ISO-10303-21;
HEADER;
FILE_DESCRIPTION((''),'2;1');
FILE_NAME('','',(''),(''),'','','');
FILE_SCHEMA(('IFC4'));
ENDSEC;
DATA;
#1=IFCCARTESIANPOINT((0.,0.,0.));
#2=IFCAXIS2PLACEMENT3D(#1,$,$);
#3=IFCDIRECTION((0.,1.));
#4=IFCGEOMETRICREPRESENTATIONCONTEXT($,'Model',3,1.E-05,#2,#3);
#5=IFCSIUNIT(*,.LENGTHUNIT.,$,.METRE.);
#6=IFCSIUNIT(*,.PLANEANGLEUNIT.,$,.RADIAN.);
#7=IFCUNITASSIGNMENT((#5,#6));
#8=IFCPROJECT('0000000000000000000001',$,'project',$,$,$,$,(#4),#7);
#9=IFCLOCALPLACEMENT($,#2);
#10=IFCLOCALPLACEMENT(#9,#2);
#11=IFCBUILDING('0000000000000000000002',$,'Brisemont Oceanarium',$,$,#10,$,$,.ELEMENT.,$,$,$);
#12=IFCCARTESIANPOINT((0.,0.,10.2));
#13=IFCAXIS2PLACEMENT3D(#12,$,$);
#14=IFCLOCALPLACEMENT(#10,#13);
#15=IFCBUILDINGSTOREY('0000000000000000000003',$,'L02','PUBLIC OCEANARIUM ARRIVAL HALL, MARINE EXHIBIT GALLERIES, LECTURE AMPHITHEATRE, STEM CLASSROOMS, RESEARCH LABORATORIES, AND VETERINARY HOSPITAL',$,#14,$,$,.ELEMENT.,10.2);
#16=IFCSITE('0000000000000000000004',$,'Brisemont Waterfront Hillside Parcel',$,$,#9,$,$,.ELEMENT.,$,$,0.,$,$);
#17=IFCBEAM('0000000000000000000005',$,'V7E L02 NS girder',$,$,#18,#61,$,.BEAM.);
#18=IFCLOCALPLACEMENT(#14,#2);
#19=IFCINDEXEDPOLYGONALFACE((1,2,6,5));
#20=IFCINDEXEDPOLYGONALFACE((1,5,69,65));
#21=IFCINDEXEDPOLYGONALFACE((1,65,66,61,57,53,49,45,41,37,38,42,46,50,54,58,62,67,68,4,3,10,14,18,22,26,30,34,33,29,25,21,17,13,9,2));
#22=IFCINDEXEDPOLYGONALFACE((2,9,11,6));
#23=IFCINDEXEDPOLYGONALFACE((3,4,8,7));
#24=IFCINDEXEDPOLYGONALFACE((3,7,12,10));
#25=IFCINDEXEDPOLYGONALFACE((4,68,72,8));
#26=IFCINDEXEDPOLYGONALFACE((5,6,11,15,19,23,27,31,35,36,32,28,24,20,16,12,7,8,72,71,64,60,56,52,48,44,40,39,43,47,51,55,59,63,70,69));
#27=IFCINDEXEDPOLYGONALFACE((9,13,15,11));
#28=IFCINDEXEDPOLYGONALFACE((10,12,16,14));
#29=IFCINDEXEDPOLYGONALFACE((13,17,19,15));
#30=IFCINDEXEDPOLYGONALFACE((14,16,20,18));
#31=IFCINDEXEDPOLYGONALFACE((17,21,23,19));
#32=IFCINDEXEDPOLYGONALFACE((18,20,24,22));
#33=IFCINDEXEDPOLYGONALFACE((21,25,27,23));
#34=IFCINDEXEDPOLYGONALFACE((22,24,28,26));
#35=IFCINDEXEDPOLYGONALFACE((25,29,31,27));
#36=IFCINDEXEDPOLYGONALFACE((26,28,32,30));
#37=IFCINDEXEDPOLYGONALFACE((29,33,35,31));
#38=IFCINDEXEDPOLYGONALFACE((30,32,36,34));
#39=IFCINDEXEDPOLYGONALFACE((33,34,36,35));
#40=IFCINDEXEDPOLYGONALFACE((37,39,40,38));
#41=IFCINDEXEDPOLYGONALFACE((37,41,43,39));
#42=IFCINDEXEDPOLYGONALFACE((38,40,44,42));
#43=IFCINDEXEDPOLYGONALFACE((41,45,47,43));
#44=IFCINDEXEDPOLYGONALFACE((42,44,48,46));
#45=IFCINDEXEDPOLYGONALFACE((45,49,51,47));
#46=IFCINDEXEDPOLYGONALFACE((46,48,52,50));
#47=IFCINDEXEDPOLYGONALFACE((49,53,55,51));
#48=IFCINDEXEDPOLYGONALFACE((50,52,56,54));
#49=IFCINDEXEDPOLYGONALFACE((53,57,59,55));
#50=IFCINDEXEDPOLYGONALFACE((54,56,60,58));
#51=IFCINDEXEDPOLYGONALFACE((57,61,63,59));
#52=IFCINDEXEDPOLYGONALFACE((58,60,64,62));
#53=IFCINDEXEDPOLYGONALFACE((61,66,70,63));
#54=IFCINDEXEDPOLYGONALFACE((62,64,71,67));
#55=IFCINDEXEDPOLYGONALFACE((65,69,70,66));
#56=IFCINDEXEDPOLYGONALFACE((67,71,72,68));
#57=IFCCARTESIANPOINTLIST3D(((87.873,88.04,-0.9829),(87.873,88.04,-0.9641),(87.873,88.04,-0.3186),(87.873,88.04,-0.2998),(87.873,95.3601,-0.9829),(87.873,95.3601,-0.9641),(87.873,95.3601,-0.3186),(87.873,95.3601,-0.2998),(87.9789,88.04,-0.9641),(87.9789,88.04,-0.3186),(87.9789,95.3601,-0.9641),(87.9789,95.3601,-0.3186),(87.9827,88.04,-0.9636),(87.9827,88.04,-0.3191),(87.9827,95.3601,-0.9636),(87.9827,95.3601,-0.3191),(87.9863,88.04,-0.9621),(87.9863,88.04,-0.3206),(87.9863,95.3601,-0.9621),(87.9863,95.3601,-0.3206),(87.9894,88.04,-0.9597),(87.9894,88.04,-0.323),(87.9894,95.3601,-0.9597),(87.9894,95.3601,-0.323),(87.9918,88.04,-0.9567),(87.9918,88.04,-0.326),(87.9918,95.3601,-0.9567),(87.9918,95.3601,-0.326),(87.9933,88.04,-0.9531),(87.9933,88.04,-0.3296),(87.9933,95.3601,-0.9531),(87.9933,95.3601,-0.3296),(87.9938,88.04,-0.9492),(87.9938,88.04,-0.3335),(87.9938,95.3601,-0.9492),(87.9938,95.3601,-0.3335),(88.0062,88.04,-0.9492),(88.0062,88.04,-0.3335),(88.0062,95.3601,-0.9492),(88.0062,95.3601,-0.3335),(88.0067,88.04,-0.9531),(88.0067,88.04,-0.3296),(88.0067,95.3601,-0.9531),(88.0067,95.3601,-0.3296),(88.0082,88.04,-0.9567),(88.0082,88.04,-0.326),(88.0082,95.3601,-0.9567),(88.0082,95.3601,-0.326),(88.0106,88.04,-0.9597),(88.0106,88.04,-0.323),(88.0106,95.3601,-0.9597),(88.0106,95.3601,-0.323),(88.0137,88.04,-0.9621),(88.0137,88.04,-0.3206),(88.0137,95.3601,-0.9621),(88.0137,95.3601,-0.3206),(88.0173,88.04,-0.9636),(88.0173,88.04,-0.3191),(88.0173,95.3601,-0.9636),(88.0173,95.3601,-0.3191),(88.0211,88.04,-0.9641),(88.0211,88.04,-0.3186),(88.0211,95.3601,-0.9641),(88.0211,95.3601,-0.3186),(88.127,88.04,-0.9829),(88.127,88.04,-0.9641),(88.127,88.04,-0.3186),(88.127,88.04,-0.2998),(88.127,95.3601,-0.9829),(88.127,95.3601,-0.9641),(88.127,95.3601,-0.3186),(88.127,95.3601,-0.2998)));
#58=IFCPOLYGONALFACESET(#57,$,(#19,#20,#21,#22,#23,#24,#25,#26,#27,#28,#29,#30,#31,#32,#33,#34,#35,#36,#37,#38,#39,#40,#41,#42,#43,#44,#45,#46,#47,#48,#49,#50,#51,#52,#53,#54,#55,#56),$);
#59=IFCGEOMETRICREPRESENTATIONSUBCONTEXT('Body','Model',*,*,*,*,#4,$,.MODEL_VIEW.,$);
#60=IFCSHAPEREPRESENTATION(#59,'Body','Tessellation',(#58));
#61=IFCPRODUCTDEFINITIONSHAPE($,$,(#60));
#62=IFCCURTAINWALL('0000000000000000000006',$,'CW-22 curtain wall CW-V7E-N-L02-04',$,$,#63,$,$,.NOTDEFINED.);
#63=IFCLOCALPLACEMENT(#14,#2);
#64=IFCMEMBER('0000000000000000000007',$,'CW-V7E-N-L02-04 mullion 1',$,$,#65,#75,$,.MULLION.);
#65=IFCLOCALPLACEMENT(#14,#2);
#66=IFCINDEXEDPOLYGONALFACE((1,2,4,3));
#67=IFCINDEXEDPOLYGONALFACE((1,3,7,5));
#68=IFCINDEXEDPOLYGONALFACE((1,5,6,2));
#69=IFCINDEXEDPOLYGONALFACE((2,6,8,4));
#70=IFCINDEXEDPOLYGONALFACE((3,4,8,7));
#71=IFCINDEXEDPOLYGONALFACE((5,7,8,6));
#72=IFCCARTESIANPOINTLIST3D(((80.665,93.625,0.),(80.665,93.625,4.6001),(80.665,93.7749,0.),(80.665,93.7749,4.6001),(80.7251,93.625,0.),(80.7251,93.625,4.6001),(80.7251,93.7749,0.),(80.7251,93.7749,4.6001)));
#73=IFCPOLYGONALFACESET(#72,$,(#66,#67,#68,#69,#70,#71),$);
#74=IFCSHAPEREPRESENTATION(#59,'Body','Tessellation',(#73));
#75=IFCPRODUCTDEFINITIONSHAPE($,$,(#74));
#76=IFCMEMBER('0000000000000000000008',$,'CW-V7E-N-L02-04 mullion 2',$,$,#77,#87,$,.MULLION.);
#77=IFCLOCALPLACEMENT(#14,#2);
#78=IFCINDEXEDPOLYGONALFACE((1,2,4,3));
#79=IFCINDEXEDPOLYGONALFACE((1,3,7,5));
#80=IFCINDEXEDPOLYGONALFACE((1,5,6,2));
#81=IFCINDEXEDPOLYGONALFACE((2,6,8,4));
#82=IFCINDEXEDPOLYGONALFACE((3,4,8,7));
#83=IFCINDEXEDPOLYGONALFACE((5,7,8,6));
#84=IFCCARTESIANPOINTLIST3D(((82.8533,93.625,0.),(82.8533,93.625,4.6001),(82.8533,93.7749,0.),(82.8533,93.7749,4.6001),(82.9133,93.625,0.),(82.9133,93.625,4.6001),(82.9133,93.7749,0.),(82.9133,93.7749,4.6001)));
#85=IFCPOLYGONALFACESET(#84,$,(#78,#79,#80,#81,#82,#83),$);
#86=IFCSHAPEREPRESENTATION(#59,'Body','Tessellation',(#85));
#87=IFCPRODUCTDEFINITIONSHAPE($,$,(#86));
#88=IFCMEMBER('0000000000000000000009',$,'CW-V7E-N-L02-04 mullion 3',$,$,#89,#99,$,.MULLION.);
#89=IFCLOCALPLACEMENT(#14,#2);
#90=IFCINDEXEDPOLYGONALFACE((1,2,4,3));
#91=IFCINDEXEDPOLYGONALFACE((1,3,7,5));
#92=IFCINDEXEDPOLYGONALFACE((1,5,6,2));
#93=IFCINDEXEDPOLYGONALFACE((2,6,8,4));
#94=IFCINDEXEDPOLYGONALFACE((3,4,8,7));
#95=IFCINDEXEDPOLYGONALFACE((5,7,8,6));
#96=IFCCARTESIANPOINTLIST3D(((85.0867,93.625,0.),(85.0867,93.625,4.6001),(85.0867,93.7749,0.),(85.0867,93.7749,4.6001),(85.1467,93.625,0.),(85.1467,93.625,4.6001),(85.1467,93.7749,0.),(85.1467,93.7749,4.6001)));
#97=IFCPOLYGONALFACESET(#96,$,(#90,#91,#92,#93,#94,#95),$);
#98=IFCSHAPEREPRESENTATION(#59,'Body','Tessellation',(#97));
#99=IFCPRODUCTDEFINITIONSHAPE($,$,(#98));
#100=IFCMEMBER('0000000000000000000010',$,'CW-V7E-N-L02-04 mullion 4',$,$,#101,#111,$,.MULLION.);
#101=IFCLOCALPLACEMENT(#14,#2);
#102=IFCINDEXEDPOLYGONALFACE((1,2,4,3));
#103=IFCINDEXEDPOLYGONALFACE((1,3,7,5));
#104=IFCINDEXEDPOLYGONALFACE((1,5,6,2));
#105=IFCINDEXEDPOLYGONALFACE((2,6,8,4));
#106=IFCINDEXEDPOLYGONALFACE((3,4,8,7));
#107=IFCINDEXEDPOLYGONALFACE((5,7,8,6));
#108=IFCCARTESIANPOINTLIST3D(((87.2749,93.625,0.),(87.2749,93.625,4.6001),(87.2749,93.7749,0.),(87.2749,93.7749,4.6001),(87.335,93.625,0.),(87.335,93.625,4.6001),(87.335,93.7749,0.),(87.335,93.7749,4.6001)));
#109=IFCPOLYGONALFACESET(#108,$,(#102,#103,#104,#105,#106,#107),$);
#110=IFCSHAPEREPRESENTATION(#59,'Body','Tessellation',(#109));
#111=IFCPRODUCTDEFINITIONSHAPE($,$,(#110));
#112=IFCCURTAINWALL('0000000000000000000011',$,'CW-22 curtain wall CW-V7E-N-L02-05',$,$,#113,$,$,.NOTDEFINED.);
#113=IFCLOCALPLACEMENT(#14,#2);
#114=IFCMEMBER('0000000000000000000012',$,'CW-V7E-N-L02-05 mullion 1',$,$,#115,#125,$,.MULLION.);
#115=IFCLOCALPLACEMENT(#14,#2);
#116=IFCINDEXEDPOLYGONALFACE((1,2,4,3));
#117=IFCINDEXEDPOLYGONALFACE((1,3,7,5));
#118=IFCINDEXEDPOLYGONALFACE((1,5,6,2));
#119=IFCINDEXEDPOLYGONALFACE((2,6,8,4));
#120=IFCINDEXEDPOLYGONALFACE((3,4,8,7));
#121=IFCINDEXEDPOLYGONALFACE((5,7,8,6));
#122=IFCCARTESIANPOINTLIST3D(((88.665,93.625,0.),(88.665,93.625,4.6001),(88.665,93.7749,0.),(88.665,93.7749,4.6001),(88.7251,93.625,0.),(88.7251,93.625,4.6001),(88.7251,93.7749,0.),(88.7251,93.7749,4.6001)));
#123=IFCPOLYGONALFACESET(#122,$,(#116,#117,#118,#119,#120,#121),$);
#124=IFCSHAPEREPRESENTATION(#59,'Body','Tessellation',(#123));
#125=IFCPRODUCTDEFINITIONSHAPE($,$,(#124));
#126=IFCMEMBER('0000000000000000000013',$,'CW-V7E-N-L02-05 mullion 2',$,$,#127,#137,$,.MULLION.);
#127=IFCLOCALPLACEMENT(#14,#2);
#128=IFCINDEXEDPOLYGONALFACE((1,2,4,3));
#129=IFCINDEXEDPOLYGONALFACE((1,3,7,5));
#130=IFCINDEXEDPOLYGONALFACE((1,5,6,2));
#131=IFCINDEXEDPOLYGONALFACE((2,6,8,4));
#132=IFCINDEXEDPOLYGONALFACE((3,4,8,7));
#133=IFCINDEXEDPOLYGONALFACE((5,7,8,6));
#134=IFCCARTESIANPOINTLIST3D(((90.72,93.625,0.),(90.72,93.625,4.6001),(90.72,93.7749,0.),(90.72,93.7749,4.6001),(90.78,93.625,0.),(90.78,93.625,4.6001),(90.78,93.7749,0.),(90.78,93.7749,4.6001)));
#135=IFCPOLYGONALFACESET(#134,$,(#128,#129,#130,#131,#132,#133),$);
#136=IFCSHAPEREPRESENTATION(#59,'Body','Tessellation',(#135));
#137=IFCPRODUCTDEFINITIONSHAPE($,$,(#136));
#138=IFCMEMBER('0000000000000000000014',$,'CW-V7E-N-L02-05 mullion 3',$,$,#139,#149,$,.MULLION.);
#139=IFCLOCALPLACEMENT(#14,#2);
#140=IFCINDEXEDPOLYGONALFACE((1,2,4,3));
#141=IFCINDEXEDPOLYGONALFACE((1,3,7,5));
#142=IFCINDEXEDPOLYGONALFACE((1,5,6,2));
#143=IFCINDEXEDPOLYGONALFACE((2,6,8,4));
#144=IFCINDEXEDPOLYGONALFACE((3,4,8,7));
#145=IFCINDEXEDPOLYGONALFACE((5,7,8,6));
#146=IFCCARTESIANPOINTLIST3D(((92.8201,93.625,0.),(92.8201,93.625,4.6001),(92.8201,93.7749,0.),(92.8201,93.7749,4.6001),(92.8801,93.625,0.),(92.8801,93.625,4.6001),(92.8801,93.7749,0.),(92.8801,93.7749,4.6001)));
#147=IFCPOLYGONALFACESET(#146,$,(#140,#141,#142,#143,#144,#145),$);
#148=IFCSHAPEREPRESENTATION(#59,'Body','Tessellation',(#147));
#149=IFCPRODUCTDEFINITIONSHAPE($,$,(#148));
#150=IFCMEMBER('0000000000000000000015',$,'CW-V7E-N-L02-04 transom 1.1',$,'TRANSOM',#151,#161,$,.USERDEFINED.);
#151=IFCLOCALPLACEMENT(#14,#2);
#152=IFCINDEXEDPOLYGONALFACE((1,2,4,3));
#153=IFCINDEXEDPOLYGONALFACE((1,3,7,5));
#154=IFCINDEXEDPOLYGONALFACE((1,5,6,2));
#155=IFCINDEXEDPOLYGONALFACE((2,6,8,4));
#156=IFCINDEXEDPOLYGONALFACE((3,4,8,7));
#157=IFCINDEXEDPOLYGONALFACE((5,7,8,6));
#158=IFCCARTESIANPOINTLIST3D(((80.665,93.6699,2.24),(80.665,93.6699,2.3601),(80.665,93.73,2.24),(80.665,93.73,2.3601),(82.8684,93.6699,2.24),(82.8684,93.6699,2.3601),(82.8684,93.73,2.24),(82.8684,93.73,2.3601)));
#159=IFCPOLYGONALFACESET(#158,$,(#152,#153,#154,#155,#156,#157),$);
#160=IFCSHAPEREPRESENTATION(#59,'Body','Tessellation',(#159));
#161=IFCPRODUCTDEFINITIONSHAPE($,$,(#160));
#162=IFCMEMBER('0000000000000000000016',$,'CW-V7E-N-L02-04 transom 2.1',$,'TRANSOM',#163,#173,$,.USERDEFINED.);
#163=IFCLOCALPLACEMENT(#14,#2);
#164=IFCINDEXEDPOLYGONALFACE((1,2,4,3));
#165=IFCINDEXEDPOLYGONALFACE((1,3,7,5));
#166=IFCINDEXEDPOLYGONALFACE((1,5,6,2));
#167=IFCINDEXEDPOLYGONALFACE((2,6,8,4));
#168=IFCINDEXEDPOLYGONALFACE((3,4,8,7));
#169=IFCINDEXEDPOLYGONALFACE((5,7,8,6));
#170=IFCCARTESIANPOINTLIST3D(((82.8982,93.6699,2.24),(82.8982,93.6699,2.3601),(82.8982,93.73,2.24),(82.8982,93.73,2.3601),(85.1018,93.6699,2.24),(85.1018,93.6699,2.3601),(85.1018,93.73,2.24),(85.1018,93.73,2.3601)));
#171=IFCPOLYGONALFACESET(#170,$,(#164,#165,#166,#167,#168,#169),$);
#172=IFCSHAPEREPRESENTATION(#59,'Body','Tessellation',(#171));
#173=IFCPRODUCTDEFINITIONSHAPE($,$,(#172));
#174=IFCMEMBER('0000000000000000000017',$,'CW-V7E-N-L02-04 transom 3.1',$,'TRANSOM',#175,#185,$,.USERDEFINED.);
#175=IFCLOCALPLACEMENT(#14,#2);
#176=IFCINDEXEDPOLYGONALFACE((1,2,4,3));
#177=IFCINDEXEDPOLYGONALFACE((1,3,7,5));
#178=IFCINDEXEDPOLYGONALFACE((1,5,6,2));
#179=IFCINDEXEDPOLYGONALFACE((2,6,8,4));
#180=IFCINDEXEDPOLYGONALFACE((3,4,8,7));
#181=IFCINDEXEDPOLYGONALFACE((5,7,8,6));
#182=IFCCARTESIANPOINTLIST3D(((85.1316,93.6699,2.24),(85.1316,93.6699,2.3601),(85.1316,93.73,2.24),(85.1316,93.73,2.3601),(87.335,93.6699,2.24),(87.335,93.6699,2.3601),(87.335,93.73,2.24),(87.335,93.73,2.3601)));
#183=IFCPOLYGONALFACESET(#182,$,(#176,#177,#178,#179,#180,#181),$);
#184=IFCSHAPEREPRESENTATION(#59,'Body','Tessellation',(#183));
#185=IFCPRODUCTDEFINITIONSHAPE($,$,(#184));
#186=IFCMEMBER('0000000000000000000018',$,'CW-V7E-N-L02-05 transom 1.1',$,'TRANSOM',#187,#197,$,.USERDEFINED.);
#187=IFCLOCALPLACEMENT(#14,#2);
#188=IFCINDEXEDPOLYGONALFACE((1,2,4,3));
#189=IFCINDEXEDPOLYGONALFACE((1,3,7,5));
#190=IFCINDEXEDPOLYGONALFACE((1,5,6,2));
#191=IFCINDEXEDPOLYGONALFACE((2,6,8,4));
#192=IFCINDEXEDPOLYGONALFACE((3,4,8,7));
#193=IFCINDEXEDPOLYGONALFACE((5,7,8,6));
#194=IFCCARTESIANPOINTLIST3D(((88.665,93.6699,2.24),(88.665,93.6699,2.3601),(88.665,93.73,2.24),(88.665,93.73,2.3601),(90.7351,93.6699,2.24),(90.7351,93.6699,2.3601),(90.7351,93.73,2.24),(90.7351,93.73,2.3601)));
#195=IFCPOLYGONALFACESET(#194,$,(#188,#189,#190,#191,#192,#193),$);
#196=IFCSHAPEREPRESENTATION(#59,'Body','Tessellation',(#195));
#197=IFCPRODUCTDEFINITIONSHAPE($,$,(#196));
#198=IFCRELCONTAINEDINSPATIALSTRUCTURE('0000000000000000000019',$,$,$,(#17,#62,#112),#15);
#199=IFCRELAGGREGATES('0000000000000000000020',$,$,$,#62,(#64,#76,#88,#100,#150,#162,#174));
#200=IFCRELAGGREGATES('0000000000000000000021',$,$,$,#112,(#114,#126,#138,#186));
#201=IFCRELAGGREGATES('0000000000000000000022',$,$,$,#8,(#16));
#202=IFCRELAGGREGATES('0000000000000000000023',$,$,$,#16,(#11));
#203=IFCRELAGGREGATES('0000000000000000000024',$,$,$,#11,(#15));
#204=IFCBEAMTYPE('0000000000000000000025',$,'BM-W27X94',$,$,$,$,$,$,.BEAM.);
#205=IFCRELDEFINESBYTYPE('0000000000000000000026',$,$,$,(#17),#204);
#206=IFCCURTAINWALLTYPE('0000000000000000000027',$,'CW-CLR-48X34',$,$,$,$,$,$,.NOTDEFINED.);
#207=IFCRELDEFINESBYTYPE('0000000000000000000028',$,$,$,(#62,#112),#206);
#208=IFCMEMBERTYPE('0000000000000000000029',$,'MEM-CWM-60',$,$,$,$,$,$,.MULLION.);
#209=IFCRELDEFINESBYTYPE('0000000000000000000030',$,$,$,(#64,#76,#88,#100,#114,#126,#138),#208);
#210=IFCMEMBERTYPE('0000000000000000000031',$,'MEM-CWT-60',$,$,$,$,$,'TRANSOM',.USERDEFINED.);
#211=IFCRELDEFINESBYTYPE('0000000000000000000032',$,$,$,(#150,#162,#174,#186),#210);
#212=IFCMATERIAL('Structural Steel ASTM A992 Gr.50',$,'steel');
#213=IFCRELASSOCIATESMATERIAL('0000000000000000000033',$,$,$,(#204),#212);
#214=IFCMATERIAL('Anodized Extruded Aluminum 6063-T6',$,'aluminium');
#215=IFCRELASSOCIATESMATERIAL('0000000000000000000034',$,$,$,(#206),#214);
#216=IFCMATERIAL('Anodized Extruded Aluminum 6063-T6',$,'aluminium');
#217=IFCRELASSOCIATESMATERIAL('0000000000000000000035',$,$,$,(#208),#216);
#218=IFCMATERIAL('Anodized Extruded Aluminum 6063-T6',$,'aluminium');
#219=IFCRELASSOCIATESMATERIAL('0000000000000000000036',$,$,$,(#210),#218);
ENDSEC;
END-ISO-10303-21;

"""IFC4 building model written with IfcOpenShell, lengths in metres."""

from ifc_helpers import new_model, si_unit, direction, frame, origin, origin_2d, place, context, subcontext, project, spatial, rectangle, i_section, extrude, material, material_profile, profile_set, type_object, element, aggregate, save


model = new_model("IFC4")

# Units and contexts
model_context = context("Model", 3, precision=1e-05, world=origin(), true_north=direction((0.0, 1.0)))
body_context = subcontext(model_context, "Body", "Model", "MODEL_VIEW")
ifc_project = project(units=[si_unit("LENGTHUNIT", "METRE"), si_unit("PLANEANGLEUNIT", "RADIAN")], contexts=[model_context])

# Site, building, storey
site_placement = place(None, origin())
site = spatial("IfcSite", under=ifc_project, at=site_placement, Name="Brisemont Waterfront Hillside Parcel", CompositionType="ELEMENT", RefElevation=0.0)
building_placement = place(site_placement, origin())
building = spatial("IfcBuilding", under=site, at=building_placement, Name="Brisemont Oceanarium", CompositionType="ELEMENT")
storey_placement = place(building_placement, frame((0.0, 0.0, 10.2)))
storey = spatial("IfcBuildingStorey", under=building, at=storey_placement, Name="L02", Description="PUBLIC OCEANARIUM ARRIVAL HALL, MARINE EXHIBIT GALLERIES, LECTURE AMPHITHEATRE, STEM CLASSROOMS, RESEARCH LABORATORIES, AND VETERINARY HOSPITAL", CompositionType="ELEMENT", Elevation=10.2)

# Beam
ifc_material_1 = material(Name="Structural Steel ASTM A992 Gr.50", Category="steel")
ifc_material_profile_1 = material_profile(ifc_material_1, i_section(OverallWidth=0.2539, OverallDepth=0.6831, WebThickness=0.0125, FlangeThickness=0.0188, FilletRadius=0.0149, at=origin_2d()), Name="W27X94")
ifc_profile_set_1 = profile_set([ifc_material_profile_1], Name="Structural Steel ASTM A992 Gr.50")
beam_type = type_object("IfcBeamType", Name="BM-W27X94", PredefinedType="BEAM", material=ifc_profile_set_1)
beam_placement = place(storey_placement, frame((88.0, 88.04, -0.6414), z_axis=(0.0, 1.0, 0.0), x_axis=(-1.0, 0.0, 0.0)))
element("IfcBeam", 1, at=beam_placement, inside=storey, type_object=beam_type, Name="V7E L02 NS girder", PredefinedType="BEAM", context=body_context, shape_type="SweptSolid", body=[
    extrude(i_section(OverallWidth=0.2539, OverallDepth=0.6831, WebThickness=0.0125, FlangeThickness=0.0188, FilletRadius=0.0149, at=origin_2d()), origin(), (0.0, 0.0, 1.0), 7.3201),
])

# Curtain walls, members
ifc_material_2 = material(Name="Anodized Extruded Aluminum 6063-T6", Category="aluminium")
curtain_wall_type = type_object("IfcCurtainWallType", Name="CW-CLR-48X34", PredefinedType="NOTDEFINED", material=ifc_material_2)
curtain_wall_1_placement = place(storey_placement, origin())
curtain_wall_1 = element("IfcCurtainWall", 2, at=curtain_wall_1_placement, inside=storey, type_object=curtain_wall_type, Name="CW-22 curtain wall CW-V7E-N-L02-04", PredefinedType="NOTDEFINED")
ifc_material_3 = material(Name="Anodized Extruded Aluminum 6063-T6", Category="aluminium")
ifc_material_profile_2 = material_profile(ifc_material_3, rectangle(XDim=0.0601, YDim=0.1499, at=origin_2d()), Name="CWM-60X150")
ifc_profile_set_2 = profile_set([ifc_material_profile_2], Name="Anodized Extruded Aluminum 6063-T6")
member_type_1 = type_object("IfcMemberType", Name="MEM-CWM-60", PredefinedType="MULLION", material=ifc_profile_set_2)
member_1_placement = place(storey_placement, frame((80.6951, 93.7, 0.0), z_axis=(0.0, 0.0, 1.0), x_axis=(1.0, 0.0, 0.0)))
member_1 = element("IfcMember", 3, at=member_1_placement, type_object=member_type_1, Name="CW-V7E-N-L02-04 mullion 1", PredefinedType="MULLION", context=body_context, shape_type="SweptSolid", body=[
    extrude(rectangle(XDim=0.0601, YDim=0.1499, at=origin_2d()), origin(), (0.0, 0.0, 1.0), 4.6001),
])
member_2_placement = place(storey_placement, frame((82.8833, 93.7, 0.0), z_axis=(0.0, 0.0, 1.0), x_axis=(1.0, 0.0, 0.0)))
member_2 = element("IfcMember", 4, at=member_2_placement, type_object=member_type_1, Name="CW-V7E-N-L02-04 mullion 2", PredefinedType="MULLION", context=body_context, shape_type="SweptSolid", body=[
    extrude(rectangle(XDim=0.0601, YDim=0.1499, at=origin_2d()), origin(), (0.0, 0.0, 1.0), 4.6001),
])
member_3_placement = place(storey_placement, frame((85.1167, 93.7, 0.0), z_axis=(0.0, 0.0, 1.0), x_axis=(1.0, 0.0, 0.0)))
member_3 = element("IfcMember", 5, at=member_3_placement, type_object=member_type_1, Name="CW-V7E-N-L02-04 mullion 3", PredefinedType="MULLION", context=body_context, shape_type="SweptSolid", body=[
    extrude(rectangle(XDim=0.0601, YDim=0.1499, at=origin_2d()), origin(), (0.0, 0.0, 1.0), 4.6001),
])
member_4_placement = place(storey_placement, frame((87.3049, 93.7, 0.0), z_axis=(0.0, 0.0, 1.0), x_axis=(1.0, 0.0, 0.0)))
member_4 = element("IfcMember", 6, at=member_4_placement, type_object=member_type_1, Name="CW-V7E-N-L02-04 mullion 4", PredefinedType="MULLION", context=body_context, shape_type="SweptSolid", body=[
    extrude(rectangle(XDim=0.0601, YDim=0.1499, at=origin_2d()), origin(), (0.0, 0.0, 1.0), 4.6001),
])
curtain_wall_2_placement = place(storey_placement, origin())
curtain_wall_2 = element("IfcCurtainWall", 7, at=curtain_wall_2_placement, inside=storey, type_object=curtain_wall_type, Name="CW-22 curtain wall CW-V7E-N-L02-05", PredefinedType="NOTDEFINED")
member_5_placement = place(storey_placement, frame((88.6951, 93.7, 0.0), z_axis=(0.0, 0.0, 1.0), x_axis=(1.0, 0.0, 0.0)))
member_5 = element("IfcMember", 8, at=member_5_placement, type_object=member_type_1, Name="CW-V7E-N-L02-05 mullion 1", PredefinedType="MULLION", context=body_context, shape_type="SweptSolid", body=[
    extrude(rectangle(XDim=0.0601, YDim=0.1499, at=origin_2d()), origin(), (0.0, 0.0, 1.0), 4.6001),
])
member_6_placement = place(storey_placement, frame((90.75, 93.7, 0.0), z_axis=(0.0, 0.0, 1.0), x_axis=(1.0, 0.0, 0.0)))
member_6 = element("IfcMember", 9, at=member_6_placement, type_object=member_type_1, Name="CW-V7E-N-L02-05 mullion 2", PredefinedType="MULLION", context=body_context, shape_type="SweptSolid", body=[
    extrude(rectangle(XDim=0.0601, YDim=0.1499, at=origin_2d()), origin(), (0.0, 0.0, 1.0), 4.6001),
])
member_7_placement = place(storey_placement, frame((92.8501, 93.7, 0.0), z_axis=(0.0, 0.0, 1.0), x_axis=(1.0, 0.0, 0.0)))
member_7 = element("IfcMember", 10, at=member_7_placement, type_object=member_type_1, Name="CW-V7E-N-L02-05 mullion 3", PredefinedType="MULLION", context=body_context, shape_type="SweptSolid", body=[
    extrude(rectangle(XDim=0.0601, YDim=0.1499, at=origin_2d()), origin(), (0.0, 0.0, 1.0), 4.6001),
])

# Members
ifc_material_4 = material(Name="Anodized Extruded Aluminum 6063-T6", Category="aluminium")
ifc_material_profile_3 = material_profile(ifc_material_4, rectangle(XDim=0.0601, YDim=0.1201, at=origin_2d()), Name="CWT-60X120")
ifc_profile_set_3 = profile_set([ifc_material_profile_3], Name="Anodized Extruded Aluminum 6063-T6")
member_type_2 = type_object("IfcMemberType", Name="MEM-CWT-60", ElementType="TRANSOM", PredefinedType="USERDEFINED", material=ifc_profile_set_3)
member_8_placement = place(storey_placement, frame((80.665, 93.7, 2.3), z_axis=(1.0, 0.0, 0.0), x_axis=(0.0, 1.0, 0.0)))
member_8 = element("IfcMember", 11, at=member_8_placement, type_object=member_type_2, Name="CW-V7E-N-L02-04 transom 1.1", ObjectType="TRANSOM", PredefinedType="USERDEFINED", context=body_context, shape_type="SweptSolid", body=[
    extrude(rectangle(XDim=0.0601, YDim=0.1201, at=origin_2d()), origin(), (0.0, 0.0, 1.0), 2.2034),
])
member_9_placement = place(storey_placement, frame((82.8982, 93.7, 2.3), z_axis=(1.0, 0.0, 0.0), x_axis=(0.0, 1.0, 0.0)))
member_9 = element("IfcMember", 12, at=member_9_placement, type_object=member_type_2, Name="CW-V7E-N-L02-04 transom 2.1", ObjectType="TRANSOM", PredefinedType="USERDEFINED", context=body_context, shape_type="SweptSolid", body=[
    extrude(rectangle(XDim=0.0601, YDim=0.1201, at=origin_2d()), origin(), (0.0, 0.0, 1.0), 2.2036),
])
member_10_placement = place(storey_placement, frame((85.1316, 93.7, 2.3), z_axis=(1.0, 0.0, 0.0), x_axis=(0.0, 1.0, 0.0)))
member_10 = element("IfcMember", 13, at=member_10_placement, type_object=member_type_2, Name="CW-V7E-N-L02-04 transom 3.1", ObjectType="TRANSOM", PredefinedType="USERDEFINED", context=body_context, shape_type="SweptSolid", body=[
    extrude(rectangle(XDim=0.0601, YDim=0.1201, at=origin_2d()), origin(), (0.0, 0.0, 1.0), 2.2034),
])
member_11_placement = place(storey_placement, frame((88.665, 93.7, 2.3), z_axis=(1.0, 0.0, 0.0), x_axis=(0.0, 1.0, 0.0)))
member_11 = element("IfcMember", 14, at=member_11_placement, type_object=member_type_2, Name="CW-V7E-N-L02-05 transom 1.1", ObjectType="TRANSOM", PredefinedType="USERDEFINED", context=body_context, shape_type="SweptSolid", body=[
    extrude(rectangle(XDim=0.0601, YDim=0.1201, at=origin_2d()), origin(), (0.0, 0.0, 1.0), 2.0701),
])

aggregate(curtain_wall_1, [member_1, member_2, member_3, member_4, member_8, member_9, member_10])
aggregate(curtain_wall_2, [member_5, member_6, member_7, member_11])

save(model, "model.ifc")
